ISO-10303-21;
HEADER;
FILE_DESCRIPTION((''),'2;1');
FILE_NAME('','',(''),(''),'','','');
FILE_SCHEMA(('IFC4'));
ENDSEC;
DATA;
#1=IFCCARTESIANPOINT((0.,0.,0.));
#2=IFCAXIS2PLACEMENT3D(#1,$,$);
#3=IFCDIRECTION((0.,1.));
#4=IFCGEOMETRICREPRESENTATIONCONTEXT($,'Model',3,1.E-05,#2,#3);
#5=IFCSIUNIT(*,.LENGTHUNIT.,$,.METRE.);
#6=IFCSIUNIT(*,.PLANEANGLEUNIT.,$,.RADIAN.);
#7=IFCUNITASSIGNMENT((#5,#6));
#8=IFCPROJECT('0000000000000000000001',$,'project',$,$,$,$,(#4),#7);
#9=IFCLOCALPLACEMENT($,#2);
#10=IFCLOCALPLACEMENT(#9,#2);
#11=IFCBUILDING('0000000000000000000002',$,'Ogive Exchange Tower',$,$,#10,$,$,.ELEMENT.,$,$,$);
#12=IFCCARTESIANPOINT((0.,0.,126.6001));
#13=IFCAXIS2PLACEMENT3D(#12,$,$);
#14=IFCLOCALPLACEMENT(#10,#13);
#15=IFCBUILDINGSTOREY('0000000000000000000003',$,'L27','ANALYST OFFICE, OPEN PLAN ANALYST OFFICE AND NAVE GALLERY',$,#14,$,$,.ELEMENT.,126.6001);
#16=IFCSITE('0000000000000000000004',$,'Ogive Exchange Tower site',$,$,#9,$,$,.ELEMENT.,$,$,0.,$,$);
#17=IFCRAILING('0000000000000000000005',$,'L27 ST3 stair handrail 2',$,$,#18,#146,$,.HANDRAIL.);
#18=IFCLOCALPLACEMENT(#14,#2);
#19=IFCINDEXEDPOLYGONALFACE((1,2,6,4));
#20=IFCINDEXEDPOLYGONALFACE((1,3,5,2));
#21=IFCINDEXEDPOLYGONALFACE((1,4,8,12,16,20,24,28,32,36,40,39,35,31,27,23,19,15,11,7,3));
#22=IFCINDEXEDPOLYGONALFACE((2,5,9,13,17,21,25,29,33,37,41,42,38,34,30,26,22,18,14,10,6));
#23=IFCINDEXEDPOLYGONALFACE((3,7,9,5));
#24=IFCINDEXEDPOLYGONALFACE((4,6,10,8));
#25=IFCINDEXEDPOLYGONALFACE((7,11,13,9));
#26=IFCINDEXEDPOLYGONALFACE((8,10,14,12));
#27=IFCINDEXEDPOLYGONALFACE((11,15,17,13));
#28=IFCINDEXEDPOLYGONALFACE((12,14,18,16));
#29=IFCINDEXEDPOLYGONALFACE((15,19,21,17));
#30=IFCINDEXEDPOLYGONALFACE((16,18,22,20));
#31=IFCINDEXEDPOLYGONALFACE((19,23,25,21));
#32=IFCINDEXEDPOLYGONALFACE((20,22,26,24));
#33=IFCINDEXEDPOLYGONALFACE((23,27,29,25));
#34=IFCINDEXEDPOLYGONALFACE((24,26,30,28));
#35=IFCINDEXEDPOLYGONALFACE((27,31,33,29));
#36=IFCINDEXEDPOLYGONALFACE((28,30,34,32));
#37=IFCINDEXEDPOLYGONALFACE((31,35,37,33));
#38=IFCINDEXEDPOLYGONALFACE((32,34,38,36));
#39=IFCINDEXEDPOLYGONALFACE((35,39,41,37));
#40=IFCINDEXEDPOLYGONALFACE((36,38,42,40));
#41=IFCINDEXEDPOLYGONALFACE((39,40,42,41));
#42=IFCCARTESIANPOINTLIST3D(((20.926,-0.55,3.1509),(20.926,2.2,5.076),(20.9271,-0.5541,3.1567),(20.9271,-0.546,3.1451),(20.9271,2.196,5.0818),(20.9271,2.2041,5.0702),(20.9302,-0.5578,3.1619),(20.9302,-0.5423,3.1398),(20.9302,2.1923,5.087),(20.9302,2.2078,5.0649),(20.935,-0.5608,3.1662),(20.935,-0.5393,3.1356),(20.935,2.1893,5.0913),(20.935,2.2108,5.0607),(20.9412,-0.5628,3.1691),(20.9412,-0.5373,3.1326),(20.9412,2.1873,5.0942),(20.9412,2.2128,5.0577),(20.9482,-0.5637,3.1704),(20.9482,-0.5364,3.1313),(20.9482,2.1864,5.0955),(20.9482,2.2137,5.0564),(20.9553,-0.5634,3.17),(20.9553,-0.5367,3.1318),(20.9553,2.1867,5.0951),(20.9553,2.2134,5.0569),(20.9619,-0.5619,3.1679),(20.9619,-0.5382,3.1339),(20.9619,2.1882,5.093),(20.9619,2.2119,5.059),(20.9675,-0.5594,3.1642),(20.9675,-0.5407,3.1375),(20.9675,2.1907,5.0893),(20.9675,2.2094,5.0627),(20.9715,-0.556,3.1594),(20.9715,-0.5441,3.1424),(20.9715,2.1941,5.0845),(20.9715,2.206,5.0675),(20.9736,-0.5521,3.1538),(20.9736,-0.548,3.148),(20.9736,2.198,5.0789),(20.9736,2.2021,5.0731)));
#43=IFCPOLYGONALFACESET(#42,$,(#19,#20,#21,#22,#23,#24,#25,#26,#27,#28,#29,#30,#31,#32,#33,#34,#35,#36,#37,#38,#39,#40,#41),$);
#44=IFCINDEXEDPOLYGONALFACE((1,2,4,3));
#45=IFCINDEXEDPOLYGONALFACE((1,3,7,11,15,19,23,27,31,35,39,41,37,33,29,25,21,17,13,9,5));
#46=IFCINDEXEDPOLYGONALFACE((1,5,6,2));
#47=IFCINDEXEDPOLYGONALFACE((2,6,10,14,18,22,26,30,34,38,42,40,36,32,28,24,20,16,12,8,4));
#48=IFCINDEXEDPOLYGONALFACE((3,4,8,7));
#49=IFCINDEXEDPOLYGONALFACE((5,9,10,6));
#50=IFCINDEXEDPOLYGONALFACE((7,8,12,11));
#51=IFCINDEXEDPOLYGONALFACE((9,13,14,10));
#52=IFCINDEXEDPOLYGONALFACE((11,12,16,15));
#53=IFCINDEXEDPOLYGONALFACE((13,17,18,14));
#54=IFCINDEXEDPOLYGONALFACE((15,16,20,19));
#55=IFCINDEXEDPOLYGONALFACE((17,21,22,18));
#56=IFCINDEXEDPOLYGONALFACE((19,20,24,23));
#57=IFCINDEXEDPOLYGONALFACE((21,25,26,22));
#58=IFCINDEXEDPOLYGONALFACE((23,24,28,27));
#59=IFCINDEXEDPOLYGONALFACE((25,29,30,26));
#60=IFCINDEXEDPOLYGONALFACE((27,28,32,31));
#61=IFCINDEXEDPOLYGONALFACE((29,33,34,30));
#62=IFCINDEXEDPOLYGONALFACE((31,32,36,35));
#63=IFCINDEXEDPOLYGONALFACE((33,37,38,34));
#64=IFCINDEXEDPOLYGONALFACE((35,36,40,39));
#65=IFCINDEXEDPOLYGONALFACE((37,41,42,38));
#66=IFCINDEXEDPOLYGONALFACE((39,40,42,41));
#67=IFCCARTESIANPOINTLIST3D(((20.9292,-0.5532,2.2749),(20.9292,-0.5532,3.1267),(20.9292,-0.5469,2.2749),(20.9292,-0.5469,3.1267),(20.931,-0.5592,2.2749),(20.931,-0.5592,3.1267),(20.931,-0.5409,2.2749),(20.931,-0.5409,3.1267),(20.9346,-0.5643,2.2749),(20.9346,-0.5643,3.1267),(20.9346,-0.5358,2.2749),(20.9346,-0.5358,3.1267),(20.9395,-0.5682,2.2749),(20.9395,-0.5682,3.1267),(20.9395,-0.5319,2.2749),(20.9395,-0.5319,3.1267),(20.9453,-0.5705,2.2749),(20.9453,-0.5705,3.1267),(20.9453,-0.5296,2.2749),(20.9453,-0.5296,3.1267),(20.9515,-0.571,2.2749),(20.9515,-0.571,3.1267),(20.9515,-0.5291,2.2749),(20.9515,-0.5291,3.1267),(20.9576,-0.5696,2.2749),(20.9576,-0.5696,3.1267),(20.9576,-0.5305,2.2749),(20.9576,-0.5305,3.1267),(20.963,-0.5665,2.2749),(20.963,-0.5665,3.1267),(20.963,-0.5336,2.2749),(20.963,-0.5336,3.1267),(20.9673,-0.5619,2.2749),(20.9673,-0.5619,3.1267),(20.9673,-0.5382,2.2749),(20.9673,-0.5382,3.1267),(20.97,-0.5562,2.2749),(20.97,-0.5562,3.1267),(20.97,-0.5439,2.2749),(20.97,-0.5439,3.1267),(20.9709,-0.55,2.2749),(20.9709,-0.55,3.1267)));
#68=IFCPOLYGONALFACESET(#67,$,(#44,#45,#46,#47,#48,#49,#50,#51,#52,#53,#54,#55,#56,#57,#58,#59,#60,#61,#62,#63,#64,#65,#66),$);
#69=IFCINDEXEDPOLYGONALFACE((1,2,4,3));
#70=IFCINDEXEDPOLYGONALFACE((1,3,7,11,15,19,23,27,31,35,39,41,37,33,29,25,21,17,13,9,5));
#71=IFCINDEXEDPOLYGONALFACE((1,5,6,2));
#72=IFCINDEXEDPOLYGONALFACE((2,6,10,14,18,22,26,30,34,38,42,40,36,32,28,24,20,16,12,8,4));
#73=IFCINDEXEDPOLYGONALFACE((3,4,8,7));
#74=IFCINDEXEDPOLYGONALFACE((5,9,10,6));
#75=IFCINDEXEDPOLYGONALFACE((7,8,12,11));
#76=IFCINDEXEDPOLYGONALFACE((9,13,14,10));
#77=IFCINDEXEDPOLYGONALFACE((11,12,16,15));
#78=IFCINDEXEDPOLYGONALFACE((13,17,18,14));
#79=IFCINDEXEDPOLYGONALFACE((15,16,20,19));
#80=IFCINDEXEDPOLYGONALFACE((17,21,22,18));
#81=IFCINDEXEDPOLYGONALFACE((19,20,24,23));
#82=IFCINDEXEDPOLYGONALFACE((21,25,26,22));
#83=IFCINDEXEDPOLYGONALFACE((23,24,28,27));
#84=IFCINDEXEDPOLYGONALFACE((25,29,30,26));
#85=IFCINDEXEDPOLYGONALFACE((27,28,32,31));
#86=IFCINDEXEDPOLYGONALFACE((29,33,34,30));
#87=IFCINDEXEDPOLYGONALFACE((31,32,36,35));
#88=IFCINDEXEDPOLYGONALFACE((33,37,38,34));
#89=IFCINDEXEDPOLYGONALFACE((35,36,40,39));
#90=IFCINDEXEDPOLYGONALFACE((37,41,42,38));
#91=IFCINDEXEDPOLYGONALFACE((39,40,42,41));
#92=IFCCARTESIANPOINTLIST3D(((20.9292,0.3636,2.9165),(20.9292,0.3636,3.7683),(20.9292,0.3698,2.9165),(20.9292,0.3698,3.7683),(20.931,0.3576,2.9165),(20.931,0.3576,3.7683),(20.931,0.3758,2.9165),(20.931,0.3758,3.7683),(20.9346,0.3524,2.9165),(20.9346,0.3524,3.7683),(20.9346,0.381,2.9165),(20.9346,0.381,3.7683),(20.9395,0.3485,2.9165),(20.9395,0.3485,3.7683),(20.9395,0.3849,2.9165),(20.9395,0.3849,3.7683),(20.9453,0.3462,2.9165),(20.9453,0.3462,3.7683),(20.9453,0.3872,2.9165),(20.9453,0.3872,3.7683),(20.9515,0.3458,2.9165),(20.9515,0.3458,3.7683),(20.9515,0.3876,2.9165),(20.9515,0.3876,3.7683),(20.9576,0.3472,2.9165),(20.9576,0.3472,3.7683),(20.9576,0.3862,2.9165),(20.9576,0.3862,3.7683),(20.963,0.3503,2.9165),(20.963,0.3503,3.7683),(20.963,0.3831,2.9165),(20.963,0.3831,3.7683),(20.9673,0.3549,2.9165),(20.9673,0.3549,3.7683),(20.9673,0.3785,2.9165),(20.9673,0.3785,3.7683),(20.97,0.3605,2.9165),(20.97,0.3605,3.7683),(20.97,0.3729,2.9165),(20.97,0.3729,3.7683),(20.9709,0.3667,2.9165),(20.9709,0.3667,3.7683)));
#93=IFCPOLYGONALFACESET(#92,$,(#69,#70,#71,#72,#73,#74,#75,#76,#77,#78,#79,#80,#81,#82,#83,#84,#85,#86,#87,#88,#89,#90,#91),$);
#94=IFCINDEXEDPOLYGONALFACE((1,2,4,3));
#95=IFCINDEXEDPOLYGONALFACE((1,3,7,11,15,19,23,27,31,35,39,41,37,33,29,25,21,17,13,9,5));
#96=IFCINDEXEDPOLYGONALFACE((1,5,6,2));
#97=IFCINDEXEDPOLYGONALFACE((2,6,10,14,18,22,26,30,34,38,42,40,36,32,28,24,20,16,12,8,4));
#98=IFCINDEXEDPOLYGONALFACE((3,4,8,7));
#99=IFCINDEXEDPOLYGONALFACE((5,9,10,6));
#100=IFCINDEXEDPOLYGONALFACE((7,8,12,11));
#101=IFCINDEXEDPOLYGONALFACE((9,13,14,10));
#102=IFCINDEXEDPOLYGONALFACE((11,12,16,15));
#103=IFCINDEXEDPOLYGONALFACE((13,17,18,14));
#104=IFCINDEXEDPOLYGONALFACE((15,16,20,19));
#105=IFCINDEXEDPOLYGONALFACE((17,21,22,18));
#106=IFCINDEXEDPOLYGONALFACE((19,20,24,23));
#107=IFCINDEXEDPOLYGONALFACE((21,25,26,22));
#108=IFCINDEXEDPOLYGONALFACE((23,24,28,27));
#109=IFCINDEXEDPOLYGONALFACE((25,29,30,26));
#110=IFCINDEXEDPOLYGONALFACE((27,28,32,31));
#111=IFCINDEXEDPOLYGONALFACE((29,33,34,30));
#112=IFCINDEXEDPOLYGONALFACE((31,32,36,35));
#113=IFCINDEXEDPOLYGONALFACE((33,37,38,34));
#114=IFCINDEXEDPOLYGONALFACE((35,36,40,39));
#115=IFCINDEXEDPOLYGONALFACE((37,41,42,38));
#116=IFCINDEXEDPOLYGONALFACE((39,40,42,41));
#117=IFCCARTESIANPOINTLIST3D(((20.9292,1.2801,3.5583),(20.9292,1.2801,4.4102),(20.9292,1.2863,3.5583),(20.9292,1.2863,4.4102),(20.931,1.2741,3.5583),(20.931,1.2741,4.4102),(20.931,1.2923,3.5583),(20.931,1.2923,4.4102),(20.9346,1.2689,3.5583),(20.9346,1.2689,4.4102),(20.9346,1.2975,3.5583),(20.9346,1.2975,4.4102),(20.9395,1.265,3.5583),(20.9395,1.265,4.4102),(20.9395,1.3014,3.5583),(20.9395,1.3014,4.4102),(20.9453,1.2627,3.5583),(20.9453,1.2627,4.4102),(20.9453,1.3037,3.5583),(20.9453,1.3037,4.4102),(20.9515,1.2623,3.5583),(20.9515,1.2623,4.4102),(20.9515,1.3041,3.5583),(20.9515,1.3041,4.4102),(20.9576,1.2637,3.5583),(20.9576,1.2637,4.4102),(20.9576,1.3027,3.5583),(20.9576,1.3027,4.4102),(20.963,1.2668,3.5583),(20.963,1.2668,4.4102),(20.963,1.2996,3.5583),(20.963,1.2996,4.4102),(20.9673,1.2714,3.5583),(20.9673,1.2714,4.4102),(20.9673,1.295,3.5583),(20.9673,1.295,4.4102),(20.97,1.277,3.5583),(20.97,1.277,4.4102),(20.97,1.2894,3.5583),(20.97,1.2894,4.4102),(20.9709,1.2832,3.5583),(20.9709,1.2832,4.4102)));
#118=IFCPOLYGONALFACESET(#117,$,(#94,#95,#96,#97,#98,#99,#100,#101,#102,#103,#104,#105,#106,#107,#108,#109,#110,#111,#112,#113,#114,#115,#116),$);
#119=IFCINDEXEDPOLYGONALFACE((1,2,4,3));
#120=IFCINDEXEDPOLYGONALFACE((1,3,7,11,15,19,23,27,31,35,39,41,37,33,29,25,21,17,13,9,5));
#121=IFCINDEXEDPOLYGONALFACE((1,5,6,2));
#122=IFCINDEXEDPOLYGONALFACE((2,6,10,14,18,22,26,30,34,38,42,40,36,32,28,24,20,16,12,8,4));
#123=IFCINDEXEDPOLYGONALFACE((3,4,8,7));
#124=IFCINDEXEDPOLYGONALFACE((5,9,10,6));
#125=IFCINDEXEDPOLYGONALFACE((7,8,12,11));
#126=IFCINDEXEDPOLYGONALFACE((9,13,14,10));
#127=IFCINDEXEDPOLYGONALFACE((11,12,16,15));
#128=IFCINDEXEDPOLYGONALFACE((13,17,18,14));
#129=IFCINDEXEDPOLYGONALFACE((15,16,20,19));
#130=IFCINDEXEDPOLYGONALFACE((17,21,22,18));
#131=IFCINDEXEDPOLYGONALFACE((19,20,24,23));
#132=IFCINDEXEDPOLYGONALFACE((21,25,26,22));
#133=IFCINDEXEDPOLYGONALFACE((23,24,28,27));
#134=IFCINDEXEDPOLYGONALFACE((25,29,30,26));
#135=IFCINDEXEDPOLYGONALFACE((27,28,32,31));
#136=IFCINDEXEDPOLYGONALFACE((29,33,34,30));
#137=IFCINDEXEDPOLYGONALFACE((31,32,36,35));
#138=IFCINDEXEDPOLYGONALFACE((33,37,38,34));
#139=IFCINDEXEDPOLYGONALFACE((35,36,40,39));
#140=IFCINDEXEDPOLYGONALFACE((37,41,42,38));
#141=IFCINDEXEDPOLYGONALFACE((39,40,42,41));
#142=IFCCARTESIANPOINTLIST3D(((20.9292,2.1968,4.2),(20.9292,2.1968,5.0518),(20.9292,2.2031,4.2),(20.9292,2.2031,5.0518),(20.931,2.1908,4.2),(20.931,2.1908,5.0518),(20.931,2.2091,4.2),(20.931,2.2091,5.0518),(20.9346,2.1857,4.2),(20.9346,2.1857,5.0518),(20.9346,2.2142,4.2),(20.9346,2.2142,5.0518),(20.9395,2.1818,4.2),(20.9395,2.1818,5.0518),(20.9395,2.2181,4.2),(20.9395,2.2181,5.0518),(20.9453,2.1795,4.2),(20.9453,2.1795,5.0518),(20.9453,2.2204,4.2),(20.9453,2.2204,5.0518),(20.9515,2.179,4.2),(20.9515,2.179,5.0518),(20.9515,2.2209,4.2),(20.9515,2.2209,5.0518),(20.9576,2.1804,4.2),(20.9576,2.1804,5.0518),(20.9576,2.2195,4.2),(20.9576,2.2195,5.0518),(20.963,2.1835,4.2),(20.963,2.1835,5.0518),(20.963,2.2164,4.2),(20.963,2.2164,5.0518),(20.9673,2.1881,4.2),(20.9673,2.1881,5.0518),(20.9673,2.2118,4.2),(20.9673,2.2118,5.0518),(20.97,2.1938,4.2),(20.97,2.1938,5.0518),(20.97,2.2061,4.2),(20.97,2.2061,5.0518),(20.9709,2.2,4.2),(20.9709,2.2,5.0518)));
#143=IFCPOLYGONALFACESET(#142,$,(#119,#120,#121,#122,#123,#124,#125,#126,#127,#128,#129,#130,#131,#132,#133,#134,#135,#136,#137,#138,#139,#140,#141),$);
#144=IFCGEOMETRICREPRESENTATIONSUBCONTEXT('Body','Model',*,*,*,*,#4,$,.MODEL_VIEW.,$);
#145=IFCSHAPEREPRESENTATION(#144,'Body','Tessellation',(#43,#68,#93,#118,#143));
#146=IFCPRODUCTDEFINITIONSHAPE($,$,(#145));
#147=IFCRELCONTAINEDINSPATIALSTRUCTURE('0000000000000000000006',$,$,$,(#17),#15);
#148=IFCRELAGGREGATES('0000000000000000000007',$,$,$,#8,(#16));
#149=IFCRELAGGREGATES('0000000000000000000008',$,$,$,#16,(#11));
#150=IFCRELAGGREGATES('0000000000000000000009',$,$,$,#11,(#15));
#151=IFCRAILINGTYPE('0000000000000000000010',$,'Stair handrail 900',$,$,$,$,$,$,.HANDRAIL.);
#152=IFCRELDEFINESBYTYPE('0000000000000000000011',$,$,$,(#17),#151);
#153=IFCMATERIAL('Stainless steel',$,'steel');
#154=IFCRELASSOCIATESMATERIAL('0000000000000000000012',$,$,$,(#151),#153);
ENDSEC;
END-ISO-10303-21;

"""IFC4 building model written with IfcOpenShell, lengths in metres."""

from ifc_helpers import new_model, si_unit, direction, frame, origin, origin_2d, place, context, subcontext, project, spatial, circle, extrude, material, type_object, element, save


model = new_model("IFC4")

# Units and contexts
model_context = context("Model", 3, precision=1e-05, world=origin(), true_north=direction((0.0, 1.0)))
body_context = subcontext(model_context, "Body", "Model", "MODEL_VIEW")
ifc_project = project(units=[si_unit("LENGTHUNIT", "METRE"), si_unit("PLANEANGLEUNIT", "RADIAN")], contexts=[model_context])

# Site, building, storey
site_placement = place(None, origin())
site = spatial("IfcSite", under=ifc_project, at=site_placement, Name="Ogive Exchange Tower site", CompositionType="ELEMENT", RefElevation=0.0)
building_placement = place(site_placement, origin())
building = spatial("IfcBuilding", under=site, at=building_placement, Name="Ogive Exchange Tower", CompositionType="ELEMENT")
storey_placement = place(building_placement, frame((0.0, 0.0, 126.6001)))
storey = spatial("IfcBuildingStorey", under=building, at=storey_placement, Name="L27", Description="ANALYST OFFICE, OPEN PLAN ANALYST OFFICE AND NAVE GALLERY", CompositionType="ELEMENT", Elevation=126.6001)

# Shared definitions
ifc_material_1 = material(Name="Stainless steel", Category="steel")

# Railing
railing_type = type_object("IfcRailingType", Name="Stair handrail 900", PredefinedType="HANDRAIL", material=ifc_material_1)
railing_1_placement = place(storey_placement, frame((20.95, -0.55, 2.2749)))
element("IfcRailing", 1, at=railing_1_placement, inside=storey, type_object=railing_type, Name="L27 ST3 stair handrail 2", PredefinedType="HANDRAIL", context=body_context, shape_type="SweptSolid", body=[
    extrude(circle(Radius=0.0239, at=origin_2d()), frame((0.0, 0.0, 0.876), z_axis=(0.0, 0.819225, 0.573472), x_axis=(-1.0, 0.0, 0.0)), (0.0, 0.0, 1.0), 3.3569),
    extrude(circle(Radius=0.021, at=origin_2d()), origin(), (0.0, 0.0, 1.0), 0.8518),
    extrude(circle(Radius=0.021, at=origin_2d()), frame((0.0, 0.9167, 0.6416)), (0.0, 0.0, 1.0), 0.8518),
    extrude(circle(Radius=0.021, at=origin_2d()), frame((0.0, 1.8333, 1.2834)), (0.0, 0.0, 1.0), 0.8518),
    extrude(circle(Radius=0.021, at=origin_2d()), frame((0.0, 2.75, 1.925)), (0.0, 0.0, 1.0), 0.8518),
])

save(model, "model.ifc")
